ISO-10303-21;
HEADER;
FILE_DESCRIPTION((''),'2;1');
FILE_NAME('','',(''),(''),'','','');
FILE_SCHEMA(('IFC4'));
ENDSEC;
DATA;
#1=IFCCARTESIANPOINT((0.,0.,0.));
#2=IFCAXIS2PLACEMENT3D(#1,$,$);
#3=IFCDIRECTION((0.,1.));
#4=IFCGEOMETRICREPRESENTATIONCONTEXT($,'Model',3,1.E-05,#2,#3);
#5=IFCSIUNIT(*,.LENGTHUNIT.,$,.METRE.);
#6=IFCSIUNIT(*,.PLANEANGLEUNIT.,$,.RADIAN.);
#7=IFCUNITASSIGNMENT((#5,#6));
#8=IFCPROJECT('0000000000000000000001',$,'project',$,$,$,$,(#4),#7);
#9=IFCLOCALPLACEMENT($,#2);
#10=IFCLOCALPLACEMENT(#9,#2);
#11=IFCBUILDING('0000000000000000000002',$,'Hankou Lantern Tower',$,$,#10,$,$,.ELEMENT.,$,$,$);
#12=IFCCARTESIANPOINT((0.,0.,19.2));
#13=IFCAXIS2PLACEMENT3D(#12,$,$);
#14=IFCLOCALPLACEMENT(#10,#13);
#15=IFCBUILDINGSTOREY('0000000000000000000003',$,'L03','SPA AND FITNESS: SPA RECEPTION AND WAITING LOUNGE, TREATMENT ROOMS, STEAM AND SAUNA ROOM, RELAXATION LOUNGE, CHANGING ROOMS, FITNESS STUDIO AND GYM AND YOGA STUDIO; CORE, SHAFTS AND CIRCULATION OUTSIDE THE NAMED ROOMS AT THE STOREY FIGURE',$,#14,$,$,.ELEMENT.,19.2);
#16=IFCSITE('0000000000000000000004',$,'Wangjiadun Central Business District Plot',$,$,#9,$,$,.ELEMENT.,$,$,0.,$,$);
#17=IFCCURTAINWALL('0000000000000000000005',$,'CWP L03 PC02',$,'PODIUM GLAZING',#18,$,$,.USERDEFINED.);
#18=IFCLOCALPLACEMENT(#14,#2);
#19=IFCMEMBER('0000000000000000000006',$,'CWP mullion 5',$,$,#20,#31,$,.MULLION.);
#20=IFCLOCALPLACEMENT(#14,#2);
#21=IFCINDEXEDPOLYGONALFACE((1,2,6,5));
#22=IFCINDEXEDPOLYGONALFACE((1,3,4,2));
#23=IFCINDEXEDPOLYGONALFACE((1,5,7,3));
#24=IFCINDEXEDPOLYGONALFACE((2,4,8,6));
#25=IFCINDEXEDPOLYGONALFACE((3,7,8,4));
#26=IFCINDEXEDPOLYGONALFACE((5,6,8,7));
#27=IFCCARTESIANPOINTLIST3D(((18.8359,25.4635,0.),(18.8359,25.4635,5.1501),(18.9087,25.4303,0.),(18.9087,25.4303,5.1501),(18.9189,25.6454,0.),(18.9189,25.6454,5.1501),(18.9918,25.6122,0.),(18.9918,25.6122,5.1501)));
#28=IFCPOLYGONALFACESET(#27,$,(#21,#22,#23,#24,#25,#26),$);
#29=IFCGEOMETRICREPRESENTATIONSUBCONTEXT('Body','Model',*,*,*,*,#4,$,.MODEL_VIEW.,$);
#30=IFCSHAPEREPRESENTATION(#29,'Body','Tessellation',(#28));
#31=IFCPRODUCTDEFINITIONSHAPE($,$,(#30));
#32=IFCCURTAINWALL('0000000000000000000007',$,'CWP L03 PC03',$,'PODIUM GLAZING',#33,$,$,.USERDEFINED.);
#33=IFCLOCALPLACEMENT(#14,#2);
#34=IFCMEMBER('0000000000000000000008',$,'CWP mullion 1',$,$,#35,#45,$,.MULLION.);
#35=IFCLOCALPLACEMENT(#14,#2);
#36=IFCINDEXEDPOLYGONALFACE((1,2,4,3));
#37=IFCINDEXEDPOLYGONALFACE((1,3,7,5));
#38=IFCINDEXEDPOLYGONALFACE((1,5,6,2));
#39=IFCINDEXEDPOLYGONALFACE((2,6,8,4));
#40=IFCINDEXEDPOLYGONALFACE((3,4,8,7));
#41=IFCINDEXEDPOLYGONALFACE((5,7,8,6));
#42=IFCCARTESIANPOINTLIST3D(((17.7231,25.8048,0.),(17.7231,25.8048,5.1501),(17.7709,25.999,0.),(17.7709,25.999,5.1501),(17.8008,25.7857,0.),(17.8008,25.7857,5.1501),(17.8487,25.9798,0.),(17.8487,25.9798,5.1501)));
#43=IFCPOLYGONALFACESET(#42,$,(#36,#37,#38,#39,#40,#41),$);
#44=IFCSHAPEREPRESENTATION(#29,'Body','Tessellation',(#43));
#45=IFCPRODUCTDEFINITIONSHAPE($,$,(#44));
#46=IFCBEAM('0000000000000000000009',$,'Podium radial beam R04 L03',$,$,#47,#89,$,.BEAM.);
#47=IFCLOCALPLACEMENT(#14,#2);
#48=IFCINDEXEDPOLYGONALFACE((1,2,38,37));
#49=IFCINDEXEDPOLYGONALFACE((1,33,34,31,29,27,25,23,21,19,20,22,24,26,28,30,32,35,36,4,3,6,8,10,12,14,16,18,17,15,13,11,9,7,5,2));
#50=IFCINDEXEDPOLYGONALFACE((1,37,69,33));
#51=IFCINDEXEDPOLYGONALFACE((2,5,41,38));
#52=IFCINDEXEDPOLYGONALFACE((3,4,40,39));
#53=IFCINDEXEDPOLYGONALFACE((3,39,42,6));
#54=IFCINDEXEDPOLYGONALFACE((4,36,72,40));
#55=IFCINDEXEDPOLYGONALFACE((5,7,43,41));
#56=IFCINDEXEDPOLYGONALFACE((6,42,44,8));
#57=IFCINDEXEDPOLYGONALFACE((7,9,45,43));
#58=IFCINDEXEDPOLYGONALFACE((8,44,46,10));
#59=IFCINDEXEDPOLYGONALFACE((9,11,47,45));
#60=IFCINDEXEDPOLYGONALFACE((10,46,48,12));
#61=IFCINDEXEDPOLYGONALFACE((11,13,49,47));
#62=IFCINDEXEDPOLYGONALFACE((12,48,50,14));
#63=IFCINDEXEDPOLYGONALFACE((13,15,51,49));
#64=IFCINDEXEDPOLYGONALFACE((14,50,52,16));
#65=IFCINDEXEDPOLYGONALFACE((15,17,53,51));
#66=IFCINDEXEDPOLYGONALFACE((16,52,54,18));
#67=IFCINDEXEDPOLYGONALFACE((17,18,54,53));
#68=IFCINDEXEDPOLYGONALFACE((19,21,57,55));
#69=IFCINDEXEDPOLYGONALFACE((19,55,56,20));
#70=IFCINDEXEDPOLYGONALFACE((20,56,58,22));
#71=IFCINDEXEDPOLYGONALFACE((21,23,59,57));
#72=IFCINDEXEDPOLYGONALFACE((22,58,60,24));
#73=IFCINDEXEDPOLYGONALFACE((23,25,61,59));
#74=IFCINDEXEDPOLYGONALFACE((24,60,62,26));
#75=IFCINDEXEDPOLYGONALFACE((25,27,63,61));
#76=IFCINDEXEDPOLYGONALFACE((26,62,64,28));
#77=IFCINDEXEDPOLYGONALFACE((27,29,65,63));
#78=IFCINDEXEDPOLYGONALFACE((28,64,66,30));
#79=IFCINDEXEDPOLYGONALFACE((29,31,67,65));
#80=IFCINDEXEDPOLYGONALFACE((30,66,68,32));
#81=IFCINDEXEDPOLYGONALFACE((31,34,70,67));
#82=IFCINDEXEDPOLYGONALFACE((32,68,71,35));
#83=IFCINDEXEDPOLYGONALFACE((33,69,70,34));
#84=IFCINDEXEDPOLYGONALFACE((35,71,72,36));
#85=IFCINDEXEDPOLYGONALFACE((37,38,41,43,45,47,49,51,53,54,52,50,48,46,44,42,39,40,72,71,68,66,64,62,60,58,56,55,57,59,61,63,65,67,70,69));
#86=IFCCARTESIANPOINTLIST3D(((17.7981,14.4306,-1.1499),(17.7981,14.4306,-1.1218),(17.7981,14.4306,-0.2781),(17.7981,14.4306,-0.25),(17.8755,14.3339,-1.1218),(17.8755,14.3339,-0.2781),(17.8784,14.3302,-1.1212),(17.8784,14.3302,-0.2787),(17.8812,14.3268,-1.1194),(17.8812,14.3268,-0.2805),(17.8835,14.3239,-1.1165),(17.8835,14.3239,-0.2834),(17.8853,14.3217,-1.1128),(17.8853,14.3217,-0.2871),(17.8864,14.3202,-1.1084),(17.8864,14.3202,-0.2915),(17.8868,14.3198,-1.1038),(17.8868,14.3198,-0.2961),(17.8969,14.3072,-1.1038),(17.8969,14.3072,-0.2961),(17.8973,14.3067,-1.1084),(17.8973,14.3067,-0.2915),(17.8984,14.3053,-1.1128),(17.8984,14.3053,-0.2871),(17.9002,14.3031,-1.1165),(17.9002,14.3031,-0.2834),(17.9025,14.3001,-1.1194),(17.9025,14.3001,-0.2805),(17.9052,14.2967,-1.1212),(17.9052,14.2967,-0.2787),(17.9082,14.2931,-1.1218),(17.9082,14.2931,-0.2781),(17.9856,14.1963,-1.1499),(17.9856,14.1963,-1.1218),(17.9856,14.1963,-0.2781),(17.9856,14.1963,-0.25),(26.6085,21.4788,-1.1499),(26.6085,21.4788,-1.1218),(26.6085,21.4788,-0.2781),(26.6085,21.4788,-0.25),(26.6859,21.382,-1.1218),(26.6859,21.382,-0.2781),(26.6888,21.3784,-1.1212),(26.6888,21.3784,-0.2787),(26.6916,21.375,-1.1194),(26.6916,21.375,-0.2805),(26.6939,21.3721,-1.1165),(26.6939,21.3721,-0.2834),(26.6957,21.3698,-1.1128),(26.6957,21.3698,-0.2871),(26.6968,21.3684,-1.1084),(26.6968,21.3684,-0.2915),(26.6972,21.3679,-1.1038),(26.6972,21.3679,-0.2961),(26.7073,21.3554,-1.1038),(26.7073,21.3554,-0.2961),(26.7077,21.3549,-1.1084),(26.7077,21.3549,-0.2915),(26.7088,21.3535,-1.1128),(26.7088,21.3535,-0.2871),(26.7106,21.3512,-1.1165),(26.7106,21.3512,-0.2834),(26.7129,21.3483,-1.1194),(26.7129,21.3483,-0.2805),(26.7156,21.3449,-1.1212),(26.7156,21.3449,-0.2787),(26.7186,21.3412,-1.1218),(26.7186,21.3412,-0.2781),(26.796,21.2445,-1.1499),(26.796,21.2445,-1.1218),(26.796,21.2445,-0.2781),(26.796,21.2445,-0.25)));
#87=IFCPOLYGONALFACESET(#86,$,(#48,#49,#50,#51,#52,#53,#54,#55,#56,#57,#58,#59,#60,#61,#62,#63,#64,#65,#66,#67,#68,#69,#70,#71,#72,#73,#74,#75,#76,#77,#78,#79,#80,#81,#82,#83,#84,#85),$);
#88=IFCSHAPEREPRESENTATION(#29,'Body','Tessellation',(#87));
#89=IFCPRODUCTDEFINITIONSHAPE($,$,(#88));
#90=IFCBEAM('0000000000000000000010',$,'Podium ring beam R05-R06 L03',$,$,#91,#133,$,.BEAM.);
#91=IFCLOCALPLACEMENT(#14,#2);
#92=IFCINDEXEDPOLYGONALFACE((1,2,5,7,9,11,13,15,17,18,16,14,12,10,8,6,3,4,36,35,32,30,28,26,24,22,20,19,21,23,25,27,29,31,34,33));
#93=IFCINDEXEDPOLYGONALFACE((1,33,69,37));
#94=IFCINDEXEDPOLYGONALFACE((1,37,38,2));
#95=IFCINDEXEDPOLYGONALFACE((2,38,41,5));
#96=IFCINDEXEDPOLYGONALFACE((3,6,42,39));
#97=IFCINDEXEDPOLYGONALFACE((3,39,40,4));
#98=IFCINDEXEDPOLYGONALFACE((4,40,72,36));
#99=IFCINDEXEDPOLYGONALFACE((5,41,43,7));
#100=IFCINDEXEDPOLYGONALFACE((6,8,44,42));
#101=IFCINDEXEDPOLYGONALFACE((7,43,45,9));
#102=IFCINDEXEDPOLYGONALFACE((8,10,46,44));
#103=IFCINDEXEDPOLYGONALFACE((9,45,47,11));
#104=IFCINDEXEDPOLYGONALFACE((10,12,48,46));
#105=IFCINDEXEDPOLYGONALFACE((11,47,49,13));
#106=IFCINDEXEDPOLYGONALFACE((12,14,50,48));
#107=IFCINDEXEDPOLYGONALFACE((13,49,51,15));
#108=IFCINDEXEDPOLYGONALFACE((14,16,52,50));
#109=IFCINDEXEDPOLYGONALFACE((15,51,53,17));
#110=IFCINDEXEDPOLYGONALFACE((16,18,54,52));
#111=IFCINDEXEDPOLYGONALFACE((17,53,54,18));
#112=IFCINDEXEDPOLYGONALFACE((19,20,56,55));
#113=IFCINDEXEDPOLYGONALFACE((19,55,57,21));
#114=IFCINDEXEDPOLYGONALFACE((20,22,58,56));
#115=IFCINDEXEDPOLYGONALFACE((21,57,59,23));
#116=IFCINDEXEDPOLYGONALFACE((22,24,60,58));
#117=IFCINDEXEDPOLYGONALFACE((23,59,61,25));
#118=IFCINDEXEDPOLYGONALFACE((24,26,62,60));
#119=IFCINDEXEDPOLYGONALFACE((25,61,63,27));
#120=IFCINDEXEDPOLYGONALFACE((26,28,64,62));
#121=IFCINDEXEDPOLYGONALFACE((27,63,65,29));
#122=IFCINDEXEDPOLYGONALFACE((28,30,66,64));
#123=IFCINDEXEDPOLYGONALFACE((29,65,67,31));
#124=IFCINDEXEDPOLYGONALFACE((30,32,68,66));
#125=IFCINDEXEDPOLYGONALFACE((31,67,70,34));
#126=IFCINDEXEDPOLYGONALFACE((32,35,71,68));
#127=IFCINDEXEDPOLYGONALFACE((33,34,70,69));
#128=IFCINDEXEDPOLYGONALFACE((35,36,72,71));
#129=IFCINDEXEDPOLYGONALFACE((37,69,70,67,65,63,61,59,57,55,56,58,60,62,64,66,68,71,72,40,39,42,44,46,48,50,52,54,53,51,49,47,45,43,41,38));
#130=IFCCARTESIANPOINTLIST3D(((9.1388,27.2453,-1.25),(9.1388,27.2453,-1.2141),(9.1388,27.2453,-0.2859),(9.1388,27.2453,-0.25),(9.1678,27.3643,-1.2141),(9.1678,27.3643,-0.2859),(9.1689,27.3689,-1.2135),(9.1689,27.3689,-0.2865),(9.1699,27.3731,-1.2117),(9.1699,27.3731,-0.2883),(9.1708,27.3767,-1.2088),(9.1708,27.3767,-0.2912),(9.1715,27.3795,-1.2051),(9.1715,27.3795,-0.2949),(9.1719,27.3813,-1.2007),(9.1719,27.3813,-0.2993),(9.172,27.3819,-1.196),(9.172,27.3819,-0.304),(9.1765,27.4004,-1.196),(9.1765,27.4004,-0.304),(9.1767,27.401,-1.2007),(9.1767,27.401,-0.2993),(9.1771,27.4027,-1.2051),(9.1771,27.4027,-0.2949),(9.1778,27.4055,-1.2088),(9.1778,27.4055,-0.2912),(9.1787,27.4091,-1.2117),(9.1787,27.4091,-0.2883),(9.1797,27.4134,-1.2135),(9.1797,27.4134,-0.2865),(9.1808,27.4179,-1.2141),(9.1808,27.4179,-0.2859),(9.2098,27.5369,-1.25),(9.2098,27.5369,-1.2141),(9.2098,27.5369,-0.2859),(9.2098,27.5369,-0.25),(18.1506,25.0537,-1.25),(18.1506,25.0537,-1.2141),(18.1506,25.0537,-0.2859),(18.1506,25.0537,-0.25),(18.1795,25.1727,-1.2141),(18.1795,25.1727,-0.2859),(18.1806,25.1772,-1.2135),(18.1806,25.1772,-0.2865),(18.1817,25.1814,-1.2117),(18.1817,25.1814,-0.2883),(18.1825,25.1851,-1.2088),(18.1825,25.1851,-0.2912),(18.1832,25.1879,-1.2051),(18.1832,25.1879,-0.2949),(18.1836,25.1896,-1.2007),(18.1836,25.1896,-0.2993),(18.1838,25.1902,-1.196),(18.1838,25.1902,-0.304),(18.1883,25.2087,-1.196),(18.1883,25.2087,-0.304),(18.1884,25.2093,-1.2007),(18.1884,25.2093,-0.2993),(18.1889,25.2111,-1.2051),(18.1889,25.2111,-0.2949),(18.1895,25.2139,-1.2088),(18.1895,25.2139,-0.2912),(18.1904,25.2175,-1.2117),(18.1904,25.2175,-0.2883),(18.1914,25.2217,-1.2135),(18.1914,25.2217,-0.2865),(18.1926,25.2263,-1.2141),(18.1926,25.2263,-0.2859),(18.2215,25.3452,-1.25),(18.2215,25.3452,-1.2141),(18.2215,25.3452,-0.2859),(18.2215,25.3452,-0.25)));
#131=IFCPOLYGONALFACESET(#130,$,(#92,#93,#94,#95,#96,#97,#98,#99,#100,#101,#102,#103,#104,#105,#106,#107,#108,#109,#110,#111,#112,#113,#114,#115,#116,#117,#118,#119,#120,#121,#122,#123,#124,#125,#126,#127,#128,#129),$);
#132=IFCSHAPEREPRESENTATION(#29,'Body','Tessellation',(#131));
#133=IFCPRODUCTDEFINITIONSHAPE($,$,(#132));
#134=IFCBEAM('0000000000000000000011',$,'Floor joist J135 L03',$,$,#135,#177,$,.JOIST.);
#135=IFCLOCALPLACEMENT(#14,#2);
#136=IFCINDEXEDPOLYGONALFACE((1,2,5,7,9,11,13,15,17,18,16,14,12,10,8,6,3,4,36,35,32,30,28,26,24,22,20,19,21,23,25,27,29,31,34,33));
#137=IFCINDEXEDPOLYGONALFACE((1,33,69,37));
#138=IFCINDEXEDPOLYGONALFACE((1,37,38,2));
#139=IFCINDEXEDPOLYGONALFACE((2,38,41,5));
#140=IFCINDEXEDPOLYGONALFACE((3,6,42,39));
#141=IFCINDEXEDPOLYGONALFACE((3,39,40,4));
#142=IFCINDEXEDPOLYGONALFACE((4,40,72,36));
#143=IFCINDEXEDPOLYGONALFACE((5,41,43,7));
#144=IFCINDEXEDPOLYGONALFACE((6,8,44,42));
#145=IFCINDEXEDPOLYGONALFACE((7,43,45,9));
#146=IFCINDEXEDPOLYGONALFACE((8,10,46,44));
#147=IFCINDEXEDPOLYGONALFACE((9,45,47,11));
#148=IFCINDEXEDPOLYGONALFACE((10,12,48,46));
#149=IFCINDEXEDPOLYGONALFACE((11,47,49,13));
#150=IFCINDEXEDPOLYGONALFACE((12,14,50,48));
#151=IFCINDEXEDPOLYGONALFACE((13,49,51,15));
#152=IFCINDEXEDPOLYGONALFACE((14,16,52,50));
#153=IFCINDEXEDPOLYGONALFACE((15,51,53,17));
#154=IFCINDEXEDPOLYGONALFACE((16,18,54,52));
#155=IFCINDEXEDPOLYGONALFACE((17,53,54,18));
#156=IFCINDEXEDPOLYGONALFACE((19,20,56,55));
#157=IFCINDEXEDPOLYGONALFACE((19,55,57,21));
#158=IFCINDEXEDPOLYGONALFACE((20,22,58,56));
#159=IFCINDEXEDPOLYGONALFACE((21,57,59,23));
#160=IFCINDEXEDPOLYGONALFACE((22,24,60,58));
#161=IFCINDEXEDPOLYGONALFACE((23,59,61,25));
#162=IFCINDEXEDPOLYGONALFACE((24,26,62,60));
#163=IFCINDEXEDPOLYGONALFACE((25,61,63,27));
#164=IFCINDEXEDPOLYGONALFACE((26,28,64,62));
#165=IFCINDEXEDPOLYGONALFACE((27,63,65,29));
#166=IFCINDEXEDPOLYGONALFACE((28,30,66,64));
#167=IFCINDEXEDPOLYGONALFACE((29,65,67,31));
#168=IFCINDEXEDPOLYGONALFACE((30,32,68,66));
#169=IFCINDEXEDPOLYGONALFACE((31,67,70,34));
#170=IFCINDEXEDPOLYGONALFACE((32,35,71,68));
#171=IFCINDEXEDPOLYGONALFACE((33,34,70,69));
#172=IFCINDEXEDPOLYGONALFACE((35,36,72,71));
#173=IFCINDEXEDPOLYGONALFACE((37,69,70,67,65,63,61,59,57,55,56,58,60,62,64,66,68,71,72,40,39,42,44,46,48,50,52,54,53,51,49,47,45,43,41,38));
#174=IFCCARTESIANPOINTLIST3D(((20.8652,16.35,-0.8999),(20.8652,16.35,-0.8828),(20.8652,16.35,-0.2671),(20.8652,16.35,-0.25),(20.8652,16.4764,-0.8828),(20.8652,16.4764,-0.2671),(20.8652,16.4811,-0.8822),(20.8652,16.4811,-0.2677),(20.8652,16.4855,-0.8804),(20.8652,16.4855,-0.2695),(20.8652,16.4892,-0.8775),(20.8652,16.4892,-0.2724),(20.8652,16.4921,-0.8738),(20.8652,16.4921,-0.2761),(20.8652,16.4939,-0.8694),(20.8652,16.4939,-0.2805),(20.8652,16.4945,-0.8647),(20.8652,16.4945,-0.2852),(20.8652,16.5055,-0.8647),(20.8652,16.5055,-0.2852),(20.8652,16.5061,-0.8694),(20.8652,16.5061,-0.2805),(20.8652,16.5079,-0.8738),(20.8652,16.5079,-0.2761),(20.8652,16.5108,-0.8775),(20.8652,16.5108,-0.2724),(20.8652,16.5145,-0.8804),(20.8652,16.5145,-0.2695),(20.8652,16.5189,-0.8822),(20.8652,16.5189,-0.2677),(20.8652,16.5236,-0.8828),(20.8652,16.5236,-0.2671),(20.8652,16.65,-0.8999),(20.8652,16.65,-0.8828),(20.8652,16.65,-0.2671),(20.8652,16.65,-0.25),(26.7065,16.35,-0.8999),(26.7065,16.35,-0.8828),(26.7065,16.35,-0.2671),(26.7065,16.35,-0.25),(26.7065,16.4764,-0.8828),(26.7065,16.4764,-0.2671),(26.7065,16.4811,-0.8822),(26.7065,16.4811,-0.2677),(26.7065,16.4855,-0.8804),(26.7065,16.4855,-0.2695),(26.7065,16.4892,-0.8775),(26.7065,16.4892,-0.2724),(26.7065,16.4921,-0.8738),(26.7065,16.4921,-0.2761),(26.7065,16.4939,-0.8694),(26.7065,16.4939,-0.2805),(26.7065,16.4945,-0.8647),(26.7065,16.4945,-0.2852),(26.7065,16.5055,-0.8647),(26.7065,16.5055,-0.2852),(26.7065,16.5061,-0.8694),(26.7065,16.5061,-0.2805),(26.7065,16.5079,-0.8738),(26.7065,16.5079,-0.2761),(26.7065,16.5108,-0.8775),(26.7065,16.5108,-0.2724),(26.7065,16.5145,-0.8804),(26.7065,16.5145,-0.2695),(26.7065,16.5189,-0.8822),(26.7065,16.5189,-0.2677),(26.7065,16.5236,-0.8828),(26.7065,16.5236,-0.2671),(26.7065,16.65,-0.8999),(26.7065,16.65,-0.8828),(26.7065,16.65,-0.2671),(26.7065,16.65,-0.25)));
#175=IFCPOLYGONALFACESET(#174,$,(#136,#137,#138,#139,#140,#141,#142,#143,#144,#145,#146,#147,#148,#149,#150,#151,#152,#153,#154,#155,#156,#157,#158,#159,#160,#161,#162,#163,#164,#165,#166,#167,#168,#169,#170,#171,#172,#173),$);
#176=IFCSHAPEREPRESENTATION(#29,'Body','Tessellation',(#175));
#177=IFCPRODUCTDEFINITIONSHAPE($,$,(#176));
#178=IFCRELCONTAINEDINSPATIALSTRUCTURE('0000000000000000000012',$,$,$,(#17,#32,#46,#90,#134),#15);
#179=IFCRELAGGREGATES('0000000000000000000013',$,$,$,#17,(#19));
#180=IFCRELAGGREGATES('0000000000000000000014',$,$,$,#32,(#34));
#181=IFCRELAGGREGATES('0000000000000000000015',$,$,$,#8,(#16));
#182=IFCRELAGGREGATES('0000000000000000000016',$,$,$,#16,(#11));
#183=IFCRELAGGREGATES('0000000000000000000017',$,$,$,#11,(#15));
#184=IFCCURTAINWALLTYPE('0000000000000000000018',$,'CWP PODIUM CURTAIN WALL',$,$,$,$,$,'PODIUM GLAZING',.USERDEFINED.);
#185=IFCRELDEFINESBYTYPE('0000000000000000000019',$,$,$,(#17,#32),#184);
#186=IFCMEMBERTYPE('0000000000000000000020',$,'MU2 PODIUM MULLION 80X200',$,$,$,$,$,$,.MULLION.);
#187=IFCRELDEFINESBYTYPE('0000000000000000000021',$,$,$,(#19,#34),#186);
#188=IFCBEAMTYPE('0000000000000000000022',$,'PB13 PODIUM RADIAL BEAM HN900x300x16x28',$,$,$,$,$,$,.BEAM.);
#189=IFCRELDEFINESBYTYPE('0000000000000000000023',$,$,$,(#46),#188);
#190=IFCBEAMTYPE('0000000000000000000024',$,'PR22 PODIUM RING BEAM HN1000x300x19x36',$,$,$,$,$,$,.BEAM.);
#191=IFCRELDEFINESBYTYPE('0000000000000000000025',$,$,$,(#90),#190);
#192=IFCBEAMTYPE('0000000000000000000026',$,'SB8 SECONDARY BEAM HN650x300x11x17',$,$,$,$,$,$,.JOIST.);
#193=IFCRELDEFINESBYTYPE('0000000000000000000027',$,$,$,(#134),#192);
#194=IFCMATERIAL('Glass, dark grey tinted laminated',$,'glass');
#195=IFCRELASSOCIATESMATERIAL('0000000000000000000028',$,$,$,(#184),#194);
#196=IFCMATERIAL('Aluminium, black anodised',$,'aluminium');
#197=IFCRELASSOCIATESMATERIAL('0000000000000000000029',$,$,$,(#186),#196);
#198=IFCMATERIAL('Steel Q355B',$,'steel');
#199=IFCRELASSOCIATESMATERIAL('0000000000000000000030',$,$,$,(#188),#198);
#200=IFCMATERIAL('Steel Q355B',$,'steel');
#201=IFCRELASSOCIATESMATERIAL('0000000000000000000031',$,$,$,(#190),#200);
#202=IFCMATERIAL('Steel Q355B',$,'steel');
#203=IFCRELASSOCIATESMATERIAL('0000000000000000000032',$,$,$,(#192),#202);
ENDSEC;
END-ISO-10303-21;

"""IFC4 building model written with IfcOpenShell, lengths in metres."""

from ifc_helpers import new_model, si_unit, direction, frame, origin, origin_2d, place, context, subcontext, project, spatial, rectangle, i_section, extrude, material, material_profile, profile_set, type_object, element, aggregate, save


model = new_model("IFC4")

# Units and contexts
model_context = context("Model", 3, precision=1e-05, world=origin(), true_north=direction((0.0, 1.0)))
body_context = subcontext(model_context, "Body", "Model", "MODEL_VIEW")
ifc_project = project(units=[si_unit("LENGTHUNIT", "METRE"), si_unit("PLANEANGLEUNIT", "RADIAN")], contexts=[model_context])

# Site, building, storey
site_placement = place(None, origin())
site = spatial("IfcSite", under=ifc_project, at=site_placement, Name="Wangjiadun Central Business District Plot", CompositionType="ELEMENT", RefElevation=0.0)
building_placement = place(site_placement, origin())
building = spatial("IfcBuilding", under=site, at=building_placement, Name="Hankou Lantern Tower", CompositionType="ELEMENT")
storey_placement = place(building_placement, frame((0.0, 0.0, 19.2)))
storey = spatial("IfcBuildingStorey", under=building, at=storey_placement, Name="L03", Description="SPA AND FITNESS: SPA RECEPTION AND WAITING LOUNGE, TREATMENT ROOMS, STEAM AND SAUNA ROOM, RELAXATION LOUNGE, CHANGING ROOMS, FITNESS STUDIO AND GYM AND YOGA STUDIO; CORE, SHAFTS AND CIRCULATION OUTSIDE THE NAMED ROOMS AT THE STOREY FIGURE", CompositionType="ELEMENT", Elevation=19.2)

# Curtain wall, member
ifc_material_1 = material(Name="Glass, dark grey tinted laminated", Category="glass")
curtain_wall_type = type_object("IfcCurtainWallType", Name="CWP PODIUM CURTAIN WALL", ElementType="PODIUM GLAZING", PredefinedType="USERDEFINED", material=ifc_material_1)
curtain_wall_1_placement = place(storey_placement, origin())
curtain_wall_1 = element("IfcCurtainWall", 1, at=curtain_wall_1_placement, inside=storey, type_object=curtain_wall_type, Name="CWP L03 PC02", ObjectType="PODIUM GLAZING", PredefinedType="USERDEFINED")
ifc_material_2 = material(Name="Aluminium, black anodised", Category="aluminium")
ifc_material_profile_1 = material_profile(ifc_material_2, rectangle(XDim=0.0801, YDim=0.2, at=origin_2d()), Name="MU2 80X200")
ifc_profile_set_1 = profile_set([ifc_material_profile_1], Name="Aluminium, black anodised")
member_type_1 = type_object("IfcMemberType", Name="MU2 PODIUM MULLION 80X200", PredefinedType="MULLION", material=ifc_profile_set_1)
member_1_placement = place(storey_placement, frame((18.9138, 25.5378, 0.0), z_axis=(0.0, 0.0, 1.0), x_axis=(-0.90967, 0.415332, 0.0)))
member_1 = element("IfcMember", 2, at=member_1_placement, type_object=member_type_1, Name="CWP mullion 5", PredefinedType="MULLION", context=body_context, shape_type="SweptSolid", body=[
    extrude(rectangle(XDim=0.0801, YDim=0.2, at=origin_2d()), origin(), (0.0, 0.0, 1.0), 5.1501),
])

# Curtain wall, member
curtain_wall_2_placement = place(storey_placement, origin())
curtain_wall_2 = element("IfcCurtainWall", 3, at=curtain_wall_2_placement, inside=storey, type_object=curtain_wall_type, Name="CWP L03 PC03", ObjectType="PODIUM GLAZING", PredefinedType="USERDEFINED")
member_2_placement = place(storey_placement, frame((17.7859, 25.8923, 0.0), z_axis=(0.0, 0.0, 1.0), x_axis=(-0.970961, 0.239238, 0.0)))
member_2 = element("IfcMember", 4, at=member_2_placement, type_object=member_type_1, Name="CWP mullion 1", PredefinedType="MULLION", context=body_context, shape_type="SweptSolid", body=[
    extrude(rectangle(XDim=0.0801, YDim=0.2, at=origin_2d()), origin(), (0.0, 0.0, 1.0), 5.1501),
])

# Beams
ifc_material_3 = material(Name="Steel Q355B", Category="steel")
ifc_material_profile_2 = material_profile(ifc_material_3, i_section(OverallWidth=0.3, OverallDepth=0.8999, WebThickness=0.0161, FlangeThickness=0.0281, FilletRadius=0.0181, at=origin_2d()), Name="HN900x300x16x28")
ifc_profile_set_2 = profile_set([ifc_material_profile_2], Name="Steel Q355B")
beam_type_1 = type_object("IfcBeamType", Name="PB13 PODIUM RADIAL BEAM HN900x300x16x28", PredefinedType="BEAM", material=ifc_profile_set_2)
beam_1_placement = place(storey_placement, frame((17.8918, 14.3135, -0.7), z_axis=(0.780875, 0.624687, 0.0), x_axis=(-0.624687, 0.780875, 0.0)))
element("IfcBeam", 5, at=beam_1_placement, inside=storey, type_object=beam_type_1, Name="Podium radial beam R04 L03", PredefinedType="BEAM", context=body_context, shape_type="SweptSolid", body=[
    extrude(i_section(OverallWidth=0.3, OverallDepth=0.8999, WebThickness=0.0161, FlangeThickness=0.0281, FilletRadius=0.0181, at=origin_2d()), origin(), (0.0, 0.0, 1.0), 11.2827),
])
ifc_material_4 = material(Name="Steel Q355B", Category="steel")
ifc_material_profile_3 = material_profile(ifc_material_4, i_section(OverallWidth=0.3, OverallDepth=1.0, WebThickness=0.019, FlangeThickness=0.0359, FilletRadius=0.0181, at=origin_2d()), Name="HN1000x300x19x36")
ifc_profile_set_3 = profile_set([ifc_material_profile_3], Name="Steel Q355B")
beam_type_2 = type_object("IfcBeamType", Name="PR22 PODIUM RING BEAM HN1000x300x19x36", PredefinedType="BEAM", material=ifc_profile_set_3)
beam_2_placement = place(storey_placement, frame((18.186, 25.1995, -0.75), z_axis=(-0.971677, 0.236312, 0.0), x_axis=(-0.236312, -0.971677, 0.0)))
element("IfcBeam", 6, at=beam_2_placement, inside=storey, type_object=beam_type_2, Name="Podium ring beam R05-R06 L03", PredefinedType="BEAM", context=body_context, shape_type="SweptSolid", body=[
    extrude(i_section(OverallWidth=0.3, OverallDepth=1.0, WebThickness=0.019, FlangeThickness=0.0359, FilletRadius=0.0181, at=origin_2d()), origin(), (0.0, 0.0, 1.0), 9.2744),
])
ifc_material_5 = material(Name="Steel Q355B", Category="steel")
ifc_material_profile_4 = material_profile(ifc_material_5, i_section(OverallWidth=0.3, OverallDepth=0.6499, WebThickness=0.011, FlangeThickness=0.0171, FilletRadius=0.0181, at=origin_2d()), Name="HN650x300x11x17")
ifc_profile_set_4 = profile_set([ifc_material_profile_4], Name="Steel Q355B")
beam_type_3 = type_object("IfcBeamType", Name="SB8 SECONDARY BEAM HN650x300x11x17", PredefinedType="JOIST", material=ifc_profile_set_4)
beam_3_placement = place(storey_placement, frame((20.8652, 16.5, -0.575), z_axis=(1.0, 0.0, 0.0), x_axis=(0.0, 1.0, 0.0)))
element("IfcBeam", 7, at=beam_3_placement, inside=storey, type_object=beam_type_3, Name="Floor joist J135 L03", PredefinedType="JOIST", context=body_context, shape_type="SweptSolid", body=[
    extrude(i_section(OverallWidth=0.3, OverallDepth=0.6499, WebThickness=0.011, FlangeThickness=0.0171, FilletRadius=0.0181, at=origin_2d()), origin(), (0.0, 0.0, 1.0), 5.8413),
])

aggregate(curtain_wall_1, [member_1])
aggregate(curtain_wall_2, [member_2])

save(model, "model.ifc")
